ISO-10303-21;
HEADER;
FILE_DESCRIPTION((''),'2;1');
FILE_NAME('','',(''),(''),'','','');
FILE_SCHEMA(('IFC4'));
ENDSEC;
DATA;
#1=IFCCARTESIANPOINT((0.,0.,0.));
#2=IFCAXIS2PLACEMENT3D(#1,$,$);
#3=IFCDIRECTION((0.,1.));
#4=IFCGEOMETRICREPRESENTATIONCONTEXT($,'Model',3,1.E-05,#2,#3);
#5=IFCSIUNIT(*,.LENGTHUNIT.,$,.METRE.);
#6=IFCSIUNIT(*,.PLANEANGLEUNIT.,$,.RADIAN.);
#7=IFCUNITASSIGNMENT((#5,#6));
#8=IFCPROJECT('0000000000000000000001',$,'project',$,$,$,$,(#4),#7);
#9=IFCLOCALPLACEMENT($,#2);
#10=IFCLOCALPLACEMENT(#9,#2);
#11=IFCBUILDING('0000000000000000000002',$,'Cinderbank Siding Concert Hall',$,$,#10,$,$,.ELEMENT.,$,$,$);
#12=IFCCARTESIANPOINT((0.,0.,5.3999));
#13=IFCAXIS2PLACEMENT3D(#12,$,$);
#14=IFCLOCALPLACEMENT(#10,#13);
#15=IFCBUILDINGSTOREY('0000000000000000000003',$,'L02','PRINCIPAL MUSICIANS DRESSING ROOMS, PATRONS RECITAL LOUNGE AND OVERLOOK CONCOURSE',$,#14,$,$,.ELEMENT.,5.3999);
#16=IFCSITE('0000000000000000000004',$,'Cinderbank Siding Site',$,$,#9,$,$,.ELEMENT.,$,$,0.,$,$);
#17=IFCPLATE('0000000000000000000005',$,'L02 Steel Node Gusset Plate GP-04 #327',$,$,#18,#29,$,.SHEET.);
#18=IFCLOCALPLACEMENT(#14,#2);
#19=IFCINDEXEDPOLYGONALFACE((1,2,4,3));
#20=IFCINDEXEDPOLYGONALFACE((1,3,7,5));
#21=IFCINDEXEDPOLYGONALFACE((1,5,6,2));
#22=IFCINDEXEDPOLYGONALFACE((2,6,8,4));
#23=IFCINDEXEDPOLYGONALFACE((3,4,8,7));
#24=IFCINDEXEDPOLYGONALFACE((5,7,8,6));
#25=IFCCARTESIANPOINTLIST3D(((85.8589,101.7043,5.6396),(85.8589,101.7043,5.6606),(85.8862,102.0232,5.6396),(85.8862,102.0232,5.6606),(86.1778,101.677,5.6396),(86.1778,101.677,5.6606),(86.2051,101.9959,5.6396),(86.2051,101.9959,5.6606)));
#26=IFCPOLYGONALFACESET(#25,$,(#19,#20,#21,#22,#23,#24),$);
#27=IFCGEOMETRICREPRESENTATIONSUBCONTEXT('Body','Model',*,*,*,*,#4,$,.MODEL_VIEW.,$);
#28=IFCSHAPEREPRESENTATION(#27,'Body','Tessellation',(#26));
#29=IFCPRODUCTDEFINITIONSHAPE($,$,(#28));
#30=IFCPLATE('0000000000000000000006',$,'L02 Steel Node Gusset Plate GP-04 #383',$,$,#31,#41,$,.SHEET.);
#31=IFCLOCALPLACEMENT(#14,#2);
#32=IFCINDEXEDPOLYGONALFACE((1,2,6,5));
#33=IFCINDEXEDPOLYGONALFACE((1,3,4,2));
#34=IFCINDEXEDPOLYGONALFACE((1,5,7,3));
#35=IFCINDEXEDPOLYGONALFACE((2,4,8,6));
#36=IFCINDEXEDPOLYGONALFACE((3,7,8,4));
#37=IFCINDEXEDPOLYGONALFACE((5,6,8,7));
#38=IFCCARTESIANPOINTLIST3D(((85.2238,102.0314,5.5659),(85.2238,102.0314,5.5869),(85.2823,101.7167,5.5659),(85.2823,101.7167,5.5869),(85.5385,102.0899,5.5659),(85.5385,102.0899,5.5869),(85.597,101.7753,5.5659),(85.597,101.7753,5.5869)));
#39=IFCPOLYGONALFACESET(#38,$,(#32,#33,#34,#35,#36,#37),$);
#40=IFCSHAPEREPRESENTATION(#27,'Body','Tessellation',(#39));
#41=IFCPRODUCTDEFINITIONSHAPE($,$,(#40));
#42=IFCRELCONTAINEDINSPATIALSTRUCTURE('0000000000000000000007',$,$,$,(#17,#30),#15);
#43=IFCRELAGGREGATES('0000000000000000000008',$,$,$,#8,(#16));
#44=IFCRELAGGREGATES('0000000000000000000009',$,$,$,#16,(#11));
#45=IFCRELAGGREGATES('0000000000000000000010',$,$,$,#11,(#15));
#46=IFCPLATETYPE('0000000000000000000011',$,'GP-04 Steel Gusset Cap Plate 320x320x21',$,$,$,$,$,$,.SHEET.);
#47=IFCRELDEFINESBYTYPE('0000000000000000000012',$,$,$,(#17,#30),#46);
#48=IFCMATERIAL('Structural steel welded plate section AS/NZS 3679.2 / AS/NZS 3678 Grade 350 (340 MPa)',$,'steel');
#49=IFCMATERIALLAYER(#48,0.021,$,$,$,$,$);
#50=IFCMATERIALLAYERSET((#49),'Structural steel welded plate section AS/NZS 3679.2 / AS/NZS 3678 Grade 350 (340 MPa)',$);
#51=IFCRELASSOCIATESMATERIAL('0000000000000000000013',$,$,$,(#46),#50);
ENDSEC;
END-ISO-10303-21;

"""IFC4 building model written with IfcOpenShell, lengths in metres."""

from ifc_helpers import new_model, si_unit, direction, frame, origin, origin_2d, place, context, subcontext, project, spatial, rectangle, extrude, material, layer, layer_set, type_object, element, save


model = new_model("IFC4")

# Units and contexts
model_context = context("Model", 3, precision=1e-05, world=origin(), true_north=direction((0.0, 1.0)))
body_context = subcontext(model_context, "Body", "Model", "MODEL_VIEW")
ifc_project = project(units=[si_unit("LENGTHUNIT", "METRE"), si_unit("PLANEANGLEUNIT", "RADIAN")], contexts=[model_context])

# Site, building, storey
site_placement = place(None, origin())
site = spatial("IfcSite", under=ifc_project, at=site_placement, Name="Cinderbank Siding Site", CompositionType="ELEMENT", RefElevation=0.0)
building_placement = place(site_placement, origin())
building = spatial("IfcBuilding", under=site, at=building_placement, Name="Cinderbank Siding Concert Hall", CompositionType="ELEMENT")
storey_placement = place(building_placement, frame((0.0, 0.0, 5.3999)))
storey = spatial("IfcBuildingStorey", under=building, at=storey_placement, Name="L02", Description="PRINCIPAL MUSICIANS DRESSING ROOMS, PATRONS RECITAL LOUNGE AND OVERLOOK CONCOURSE", CompositionType="ELEMENT", Elevation=5.3999)

# Plates
ifc_material_1 = material(Name="Structural steel welded plate section AS/NZS 3679.2 / AS/NZS 3678 Grade 350 (340 MPa)", Category="steel")
ifc_layer_1 = layer(ifc_material_1, 0.021)
ifc_layer_set_1 = layer_set([ifc_layer_1], Name="Structural steel welded plate section AS/NZS 3679.2 / AS/NZS 3678 Grade 350 (340 MPa)")
plate_type_1 = type_object("IfcPlateType", Name="GP-04 Steel Gusset Cap Plate 320x320x21", PredefinedType="SHEET", material=ifc_layer_set_1)
for number, where, z_axis, x_axis, name in (
    (1, (86.032, 101.8501, 5.6396), (0.0, 0.0, 1.0), (0.996345, -0.085417, 0.0), "L02 Steel Node Gusset Plate GP-04 #327"),
    (2, (85.4104, 101.9033, 5.5659), (0.0, 0.0, 1.0), (0.182922, -0.983127, 0.0), "L02 Steel Node Gusset Plate GP-04 #383"),
):
    element("IfcPlate", number, at=place(storey_placement, frame(where, z_axis=z_axis, x_axis=x_axis)), inside=storey, type_object=plate_type_1, Name=name, PredefinedType="SHEET", context=body_context, shape_type="SweptSolid", body=[
        extrude(rectangle(XDim=0.3201, YDim=0.3201, at=origin_2d()), origin(), (0.0, 0.0, 1.0), 0.021),
    ])

save(model, "model.ifc")
